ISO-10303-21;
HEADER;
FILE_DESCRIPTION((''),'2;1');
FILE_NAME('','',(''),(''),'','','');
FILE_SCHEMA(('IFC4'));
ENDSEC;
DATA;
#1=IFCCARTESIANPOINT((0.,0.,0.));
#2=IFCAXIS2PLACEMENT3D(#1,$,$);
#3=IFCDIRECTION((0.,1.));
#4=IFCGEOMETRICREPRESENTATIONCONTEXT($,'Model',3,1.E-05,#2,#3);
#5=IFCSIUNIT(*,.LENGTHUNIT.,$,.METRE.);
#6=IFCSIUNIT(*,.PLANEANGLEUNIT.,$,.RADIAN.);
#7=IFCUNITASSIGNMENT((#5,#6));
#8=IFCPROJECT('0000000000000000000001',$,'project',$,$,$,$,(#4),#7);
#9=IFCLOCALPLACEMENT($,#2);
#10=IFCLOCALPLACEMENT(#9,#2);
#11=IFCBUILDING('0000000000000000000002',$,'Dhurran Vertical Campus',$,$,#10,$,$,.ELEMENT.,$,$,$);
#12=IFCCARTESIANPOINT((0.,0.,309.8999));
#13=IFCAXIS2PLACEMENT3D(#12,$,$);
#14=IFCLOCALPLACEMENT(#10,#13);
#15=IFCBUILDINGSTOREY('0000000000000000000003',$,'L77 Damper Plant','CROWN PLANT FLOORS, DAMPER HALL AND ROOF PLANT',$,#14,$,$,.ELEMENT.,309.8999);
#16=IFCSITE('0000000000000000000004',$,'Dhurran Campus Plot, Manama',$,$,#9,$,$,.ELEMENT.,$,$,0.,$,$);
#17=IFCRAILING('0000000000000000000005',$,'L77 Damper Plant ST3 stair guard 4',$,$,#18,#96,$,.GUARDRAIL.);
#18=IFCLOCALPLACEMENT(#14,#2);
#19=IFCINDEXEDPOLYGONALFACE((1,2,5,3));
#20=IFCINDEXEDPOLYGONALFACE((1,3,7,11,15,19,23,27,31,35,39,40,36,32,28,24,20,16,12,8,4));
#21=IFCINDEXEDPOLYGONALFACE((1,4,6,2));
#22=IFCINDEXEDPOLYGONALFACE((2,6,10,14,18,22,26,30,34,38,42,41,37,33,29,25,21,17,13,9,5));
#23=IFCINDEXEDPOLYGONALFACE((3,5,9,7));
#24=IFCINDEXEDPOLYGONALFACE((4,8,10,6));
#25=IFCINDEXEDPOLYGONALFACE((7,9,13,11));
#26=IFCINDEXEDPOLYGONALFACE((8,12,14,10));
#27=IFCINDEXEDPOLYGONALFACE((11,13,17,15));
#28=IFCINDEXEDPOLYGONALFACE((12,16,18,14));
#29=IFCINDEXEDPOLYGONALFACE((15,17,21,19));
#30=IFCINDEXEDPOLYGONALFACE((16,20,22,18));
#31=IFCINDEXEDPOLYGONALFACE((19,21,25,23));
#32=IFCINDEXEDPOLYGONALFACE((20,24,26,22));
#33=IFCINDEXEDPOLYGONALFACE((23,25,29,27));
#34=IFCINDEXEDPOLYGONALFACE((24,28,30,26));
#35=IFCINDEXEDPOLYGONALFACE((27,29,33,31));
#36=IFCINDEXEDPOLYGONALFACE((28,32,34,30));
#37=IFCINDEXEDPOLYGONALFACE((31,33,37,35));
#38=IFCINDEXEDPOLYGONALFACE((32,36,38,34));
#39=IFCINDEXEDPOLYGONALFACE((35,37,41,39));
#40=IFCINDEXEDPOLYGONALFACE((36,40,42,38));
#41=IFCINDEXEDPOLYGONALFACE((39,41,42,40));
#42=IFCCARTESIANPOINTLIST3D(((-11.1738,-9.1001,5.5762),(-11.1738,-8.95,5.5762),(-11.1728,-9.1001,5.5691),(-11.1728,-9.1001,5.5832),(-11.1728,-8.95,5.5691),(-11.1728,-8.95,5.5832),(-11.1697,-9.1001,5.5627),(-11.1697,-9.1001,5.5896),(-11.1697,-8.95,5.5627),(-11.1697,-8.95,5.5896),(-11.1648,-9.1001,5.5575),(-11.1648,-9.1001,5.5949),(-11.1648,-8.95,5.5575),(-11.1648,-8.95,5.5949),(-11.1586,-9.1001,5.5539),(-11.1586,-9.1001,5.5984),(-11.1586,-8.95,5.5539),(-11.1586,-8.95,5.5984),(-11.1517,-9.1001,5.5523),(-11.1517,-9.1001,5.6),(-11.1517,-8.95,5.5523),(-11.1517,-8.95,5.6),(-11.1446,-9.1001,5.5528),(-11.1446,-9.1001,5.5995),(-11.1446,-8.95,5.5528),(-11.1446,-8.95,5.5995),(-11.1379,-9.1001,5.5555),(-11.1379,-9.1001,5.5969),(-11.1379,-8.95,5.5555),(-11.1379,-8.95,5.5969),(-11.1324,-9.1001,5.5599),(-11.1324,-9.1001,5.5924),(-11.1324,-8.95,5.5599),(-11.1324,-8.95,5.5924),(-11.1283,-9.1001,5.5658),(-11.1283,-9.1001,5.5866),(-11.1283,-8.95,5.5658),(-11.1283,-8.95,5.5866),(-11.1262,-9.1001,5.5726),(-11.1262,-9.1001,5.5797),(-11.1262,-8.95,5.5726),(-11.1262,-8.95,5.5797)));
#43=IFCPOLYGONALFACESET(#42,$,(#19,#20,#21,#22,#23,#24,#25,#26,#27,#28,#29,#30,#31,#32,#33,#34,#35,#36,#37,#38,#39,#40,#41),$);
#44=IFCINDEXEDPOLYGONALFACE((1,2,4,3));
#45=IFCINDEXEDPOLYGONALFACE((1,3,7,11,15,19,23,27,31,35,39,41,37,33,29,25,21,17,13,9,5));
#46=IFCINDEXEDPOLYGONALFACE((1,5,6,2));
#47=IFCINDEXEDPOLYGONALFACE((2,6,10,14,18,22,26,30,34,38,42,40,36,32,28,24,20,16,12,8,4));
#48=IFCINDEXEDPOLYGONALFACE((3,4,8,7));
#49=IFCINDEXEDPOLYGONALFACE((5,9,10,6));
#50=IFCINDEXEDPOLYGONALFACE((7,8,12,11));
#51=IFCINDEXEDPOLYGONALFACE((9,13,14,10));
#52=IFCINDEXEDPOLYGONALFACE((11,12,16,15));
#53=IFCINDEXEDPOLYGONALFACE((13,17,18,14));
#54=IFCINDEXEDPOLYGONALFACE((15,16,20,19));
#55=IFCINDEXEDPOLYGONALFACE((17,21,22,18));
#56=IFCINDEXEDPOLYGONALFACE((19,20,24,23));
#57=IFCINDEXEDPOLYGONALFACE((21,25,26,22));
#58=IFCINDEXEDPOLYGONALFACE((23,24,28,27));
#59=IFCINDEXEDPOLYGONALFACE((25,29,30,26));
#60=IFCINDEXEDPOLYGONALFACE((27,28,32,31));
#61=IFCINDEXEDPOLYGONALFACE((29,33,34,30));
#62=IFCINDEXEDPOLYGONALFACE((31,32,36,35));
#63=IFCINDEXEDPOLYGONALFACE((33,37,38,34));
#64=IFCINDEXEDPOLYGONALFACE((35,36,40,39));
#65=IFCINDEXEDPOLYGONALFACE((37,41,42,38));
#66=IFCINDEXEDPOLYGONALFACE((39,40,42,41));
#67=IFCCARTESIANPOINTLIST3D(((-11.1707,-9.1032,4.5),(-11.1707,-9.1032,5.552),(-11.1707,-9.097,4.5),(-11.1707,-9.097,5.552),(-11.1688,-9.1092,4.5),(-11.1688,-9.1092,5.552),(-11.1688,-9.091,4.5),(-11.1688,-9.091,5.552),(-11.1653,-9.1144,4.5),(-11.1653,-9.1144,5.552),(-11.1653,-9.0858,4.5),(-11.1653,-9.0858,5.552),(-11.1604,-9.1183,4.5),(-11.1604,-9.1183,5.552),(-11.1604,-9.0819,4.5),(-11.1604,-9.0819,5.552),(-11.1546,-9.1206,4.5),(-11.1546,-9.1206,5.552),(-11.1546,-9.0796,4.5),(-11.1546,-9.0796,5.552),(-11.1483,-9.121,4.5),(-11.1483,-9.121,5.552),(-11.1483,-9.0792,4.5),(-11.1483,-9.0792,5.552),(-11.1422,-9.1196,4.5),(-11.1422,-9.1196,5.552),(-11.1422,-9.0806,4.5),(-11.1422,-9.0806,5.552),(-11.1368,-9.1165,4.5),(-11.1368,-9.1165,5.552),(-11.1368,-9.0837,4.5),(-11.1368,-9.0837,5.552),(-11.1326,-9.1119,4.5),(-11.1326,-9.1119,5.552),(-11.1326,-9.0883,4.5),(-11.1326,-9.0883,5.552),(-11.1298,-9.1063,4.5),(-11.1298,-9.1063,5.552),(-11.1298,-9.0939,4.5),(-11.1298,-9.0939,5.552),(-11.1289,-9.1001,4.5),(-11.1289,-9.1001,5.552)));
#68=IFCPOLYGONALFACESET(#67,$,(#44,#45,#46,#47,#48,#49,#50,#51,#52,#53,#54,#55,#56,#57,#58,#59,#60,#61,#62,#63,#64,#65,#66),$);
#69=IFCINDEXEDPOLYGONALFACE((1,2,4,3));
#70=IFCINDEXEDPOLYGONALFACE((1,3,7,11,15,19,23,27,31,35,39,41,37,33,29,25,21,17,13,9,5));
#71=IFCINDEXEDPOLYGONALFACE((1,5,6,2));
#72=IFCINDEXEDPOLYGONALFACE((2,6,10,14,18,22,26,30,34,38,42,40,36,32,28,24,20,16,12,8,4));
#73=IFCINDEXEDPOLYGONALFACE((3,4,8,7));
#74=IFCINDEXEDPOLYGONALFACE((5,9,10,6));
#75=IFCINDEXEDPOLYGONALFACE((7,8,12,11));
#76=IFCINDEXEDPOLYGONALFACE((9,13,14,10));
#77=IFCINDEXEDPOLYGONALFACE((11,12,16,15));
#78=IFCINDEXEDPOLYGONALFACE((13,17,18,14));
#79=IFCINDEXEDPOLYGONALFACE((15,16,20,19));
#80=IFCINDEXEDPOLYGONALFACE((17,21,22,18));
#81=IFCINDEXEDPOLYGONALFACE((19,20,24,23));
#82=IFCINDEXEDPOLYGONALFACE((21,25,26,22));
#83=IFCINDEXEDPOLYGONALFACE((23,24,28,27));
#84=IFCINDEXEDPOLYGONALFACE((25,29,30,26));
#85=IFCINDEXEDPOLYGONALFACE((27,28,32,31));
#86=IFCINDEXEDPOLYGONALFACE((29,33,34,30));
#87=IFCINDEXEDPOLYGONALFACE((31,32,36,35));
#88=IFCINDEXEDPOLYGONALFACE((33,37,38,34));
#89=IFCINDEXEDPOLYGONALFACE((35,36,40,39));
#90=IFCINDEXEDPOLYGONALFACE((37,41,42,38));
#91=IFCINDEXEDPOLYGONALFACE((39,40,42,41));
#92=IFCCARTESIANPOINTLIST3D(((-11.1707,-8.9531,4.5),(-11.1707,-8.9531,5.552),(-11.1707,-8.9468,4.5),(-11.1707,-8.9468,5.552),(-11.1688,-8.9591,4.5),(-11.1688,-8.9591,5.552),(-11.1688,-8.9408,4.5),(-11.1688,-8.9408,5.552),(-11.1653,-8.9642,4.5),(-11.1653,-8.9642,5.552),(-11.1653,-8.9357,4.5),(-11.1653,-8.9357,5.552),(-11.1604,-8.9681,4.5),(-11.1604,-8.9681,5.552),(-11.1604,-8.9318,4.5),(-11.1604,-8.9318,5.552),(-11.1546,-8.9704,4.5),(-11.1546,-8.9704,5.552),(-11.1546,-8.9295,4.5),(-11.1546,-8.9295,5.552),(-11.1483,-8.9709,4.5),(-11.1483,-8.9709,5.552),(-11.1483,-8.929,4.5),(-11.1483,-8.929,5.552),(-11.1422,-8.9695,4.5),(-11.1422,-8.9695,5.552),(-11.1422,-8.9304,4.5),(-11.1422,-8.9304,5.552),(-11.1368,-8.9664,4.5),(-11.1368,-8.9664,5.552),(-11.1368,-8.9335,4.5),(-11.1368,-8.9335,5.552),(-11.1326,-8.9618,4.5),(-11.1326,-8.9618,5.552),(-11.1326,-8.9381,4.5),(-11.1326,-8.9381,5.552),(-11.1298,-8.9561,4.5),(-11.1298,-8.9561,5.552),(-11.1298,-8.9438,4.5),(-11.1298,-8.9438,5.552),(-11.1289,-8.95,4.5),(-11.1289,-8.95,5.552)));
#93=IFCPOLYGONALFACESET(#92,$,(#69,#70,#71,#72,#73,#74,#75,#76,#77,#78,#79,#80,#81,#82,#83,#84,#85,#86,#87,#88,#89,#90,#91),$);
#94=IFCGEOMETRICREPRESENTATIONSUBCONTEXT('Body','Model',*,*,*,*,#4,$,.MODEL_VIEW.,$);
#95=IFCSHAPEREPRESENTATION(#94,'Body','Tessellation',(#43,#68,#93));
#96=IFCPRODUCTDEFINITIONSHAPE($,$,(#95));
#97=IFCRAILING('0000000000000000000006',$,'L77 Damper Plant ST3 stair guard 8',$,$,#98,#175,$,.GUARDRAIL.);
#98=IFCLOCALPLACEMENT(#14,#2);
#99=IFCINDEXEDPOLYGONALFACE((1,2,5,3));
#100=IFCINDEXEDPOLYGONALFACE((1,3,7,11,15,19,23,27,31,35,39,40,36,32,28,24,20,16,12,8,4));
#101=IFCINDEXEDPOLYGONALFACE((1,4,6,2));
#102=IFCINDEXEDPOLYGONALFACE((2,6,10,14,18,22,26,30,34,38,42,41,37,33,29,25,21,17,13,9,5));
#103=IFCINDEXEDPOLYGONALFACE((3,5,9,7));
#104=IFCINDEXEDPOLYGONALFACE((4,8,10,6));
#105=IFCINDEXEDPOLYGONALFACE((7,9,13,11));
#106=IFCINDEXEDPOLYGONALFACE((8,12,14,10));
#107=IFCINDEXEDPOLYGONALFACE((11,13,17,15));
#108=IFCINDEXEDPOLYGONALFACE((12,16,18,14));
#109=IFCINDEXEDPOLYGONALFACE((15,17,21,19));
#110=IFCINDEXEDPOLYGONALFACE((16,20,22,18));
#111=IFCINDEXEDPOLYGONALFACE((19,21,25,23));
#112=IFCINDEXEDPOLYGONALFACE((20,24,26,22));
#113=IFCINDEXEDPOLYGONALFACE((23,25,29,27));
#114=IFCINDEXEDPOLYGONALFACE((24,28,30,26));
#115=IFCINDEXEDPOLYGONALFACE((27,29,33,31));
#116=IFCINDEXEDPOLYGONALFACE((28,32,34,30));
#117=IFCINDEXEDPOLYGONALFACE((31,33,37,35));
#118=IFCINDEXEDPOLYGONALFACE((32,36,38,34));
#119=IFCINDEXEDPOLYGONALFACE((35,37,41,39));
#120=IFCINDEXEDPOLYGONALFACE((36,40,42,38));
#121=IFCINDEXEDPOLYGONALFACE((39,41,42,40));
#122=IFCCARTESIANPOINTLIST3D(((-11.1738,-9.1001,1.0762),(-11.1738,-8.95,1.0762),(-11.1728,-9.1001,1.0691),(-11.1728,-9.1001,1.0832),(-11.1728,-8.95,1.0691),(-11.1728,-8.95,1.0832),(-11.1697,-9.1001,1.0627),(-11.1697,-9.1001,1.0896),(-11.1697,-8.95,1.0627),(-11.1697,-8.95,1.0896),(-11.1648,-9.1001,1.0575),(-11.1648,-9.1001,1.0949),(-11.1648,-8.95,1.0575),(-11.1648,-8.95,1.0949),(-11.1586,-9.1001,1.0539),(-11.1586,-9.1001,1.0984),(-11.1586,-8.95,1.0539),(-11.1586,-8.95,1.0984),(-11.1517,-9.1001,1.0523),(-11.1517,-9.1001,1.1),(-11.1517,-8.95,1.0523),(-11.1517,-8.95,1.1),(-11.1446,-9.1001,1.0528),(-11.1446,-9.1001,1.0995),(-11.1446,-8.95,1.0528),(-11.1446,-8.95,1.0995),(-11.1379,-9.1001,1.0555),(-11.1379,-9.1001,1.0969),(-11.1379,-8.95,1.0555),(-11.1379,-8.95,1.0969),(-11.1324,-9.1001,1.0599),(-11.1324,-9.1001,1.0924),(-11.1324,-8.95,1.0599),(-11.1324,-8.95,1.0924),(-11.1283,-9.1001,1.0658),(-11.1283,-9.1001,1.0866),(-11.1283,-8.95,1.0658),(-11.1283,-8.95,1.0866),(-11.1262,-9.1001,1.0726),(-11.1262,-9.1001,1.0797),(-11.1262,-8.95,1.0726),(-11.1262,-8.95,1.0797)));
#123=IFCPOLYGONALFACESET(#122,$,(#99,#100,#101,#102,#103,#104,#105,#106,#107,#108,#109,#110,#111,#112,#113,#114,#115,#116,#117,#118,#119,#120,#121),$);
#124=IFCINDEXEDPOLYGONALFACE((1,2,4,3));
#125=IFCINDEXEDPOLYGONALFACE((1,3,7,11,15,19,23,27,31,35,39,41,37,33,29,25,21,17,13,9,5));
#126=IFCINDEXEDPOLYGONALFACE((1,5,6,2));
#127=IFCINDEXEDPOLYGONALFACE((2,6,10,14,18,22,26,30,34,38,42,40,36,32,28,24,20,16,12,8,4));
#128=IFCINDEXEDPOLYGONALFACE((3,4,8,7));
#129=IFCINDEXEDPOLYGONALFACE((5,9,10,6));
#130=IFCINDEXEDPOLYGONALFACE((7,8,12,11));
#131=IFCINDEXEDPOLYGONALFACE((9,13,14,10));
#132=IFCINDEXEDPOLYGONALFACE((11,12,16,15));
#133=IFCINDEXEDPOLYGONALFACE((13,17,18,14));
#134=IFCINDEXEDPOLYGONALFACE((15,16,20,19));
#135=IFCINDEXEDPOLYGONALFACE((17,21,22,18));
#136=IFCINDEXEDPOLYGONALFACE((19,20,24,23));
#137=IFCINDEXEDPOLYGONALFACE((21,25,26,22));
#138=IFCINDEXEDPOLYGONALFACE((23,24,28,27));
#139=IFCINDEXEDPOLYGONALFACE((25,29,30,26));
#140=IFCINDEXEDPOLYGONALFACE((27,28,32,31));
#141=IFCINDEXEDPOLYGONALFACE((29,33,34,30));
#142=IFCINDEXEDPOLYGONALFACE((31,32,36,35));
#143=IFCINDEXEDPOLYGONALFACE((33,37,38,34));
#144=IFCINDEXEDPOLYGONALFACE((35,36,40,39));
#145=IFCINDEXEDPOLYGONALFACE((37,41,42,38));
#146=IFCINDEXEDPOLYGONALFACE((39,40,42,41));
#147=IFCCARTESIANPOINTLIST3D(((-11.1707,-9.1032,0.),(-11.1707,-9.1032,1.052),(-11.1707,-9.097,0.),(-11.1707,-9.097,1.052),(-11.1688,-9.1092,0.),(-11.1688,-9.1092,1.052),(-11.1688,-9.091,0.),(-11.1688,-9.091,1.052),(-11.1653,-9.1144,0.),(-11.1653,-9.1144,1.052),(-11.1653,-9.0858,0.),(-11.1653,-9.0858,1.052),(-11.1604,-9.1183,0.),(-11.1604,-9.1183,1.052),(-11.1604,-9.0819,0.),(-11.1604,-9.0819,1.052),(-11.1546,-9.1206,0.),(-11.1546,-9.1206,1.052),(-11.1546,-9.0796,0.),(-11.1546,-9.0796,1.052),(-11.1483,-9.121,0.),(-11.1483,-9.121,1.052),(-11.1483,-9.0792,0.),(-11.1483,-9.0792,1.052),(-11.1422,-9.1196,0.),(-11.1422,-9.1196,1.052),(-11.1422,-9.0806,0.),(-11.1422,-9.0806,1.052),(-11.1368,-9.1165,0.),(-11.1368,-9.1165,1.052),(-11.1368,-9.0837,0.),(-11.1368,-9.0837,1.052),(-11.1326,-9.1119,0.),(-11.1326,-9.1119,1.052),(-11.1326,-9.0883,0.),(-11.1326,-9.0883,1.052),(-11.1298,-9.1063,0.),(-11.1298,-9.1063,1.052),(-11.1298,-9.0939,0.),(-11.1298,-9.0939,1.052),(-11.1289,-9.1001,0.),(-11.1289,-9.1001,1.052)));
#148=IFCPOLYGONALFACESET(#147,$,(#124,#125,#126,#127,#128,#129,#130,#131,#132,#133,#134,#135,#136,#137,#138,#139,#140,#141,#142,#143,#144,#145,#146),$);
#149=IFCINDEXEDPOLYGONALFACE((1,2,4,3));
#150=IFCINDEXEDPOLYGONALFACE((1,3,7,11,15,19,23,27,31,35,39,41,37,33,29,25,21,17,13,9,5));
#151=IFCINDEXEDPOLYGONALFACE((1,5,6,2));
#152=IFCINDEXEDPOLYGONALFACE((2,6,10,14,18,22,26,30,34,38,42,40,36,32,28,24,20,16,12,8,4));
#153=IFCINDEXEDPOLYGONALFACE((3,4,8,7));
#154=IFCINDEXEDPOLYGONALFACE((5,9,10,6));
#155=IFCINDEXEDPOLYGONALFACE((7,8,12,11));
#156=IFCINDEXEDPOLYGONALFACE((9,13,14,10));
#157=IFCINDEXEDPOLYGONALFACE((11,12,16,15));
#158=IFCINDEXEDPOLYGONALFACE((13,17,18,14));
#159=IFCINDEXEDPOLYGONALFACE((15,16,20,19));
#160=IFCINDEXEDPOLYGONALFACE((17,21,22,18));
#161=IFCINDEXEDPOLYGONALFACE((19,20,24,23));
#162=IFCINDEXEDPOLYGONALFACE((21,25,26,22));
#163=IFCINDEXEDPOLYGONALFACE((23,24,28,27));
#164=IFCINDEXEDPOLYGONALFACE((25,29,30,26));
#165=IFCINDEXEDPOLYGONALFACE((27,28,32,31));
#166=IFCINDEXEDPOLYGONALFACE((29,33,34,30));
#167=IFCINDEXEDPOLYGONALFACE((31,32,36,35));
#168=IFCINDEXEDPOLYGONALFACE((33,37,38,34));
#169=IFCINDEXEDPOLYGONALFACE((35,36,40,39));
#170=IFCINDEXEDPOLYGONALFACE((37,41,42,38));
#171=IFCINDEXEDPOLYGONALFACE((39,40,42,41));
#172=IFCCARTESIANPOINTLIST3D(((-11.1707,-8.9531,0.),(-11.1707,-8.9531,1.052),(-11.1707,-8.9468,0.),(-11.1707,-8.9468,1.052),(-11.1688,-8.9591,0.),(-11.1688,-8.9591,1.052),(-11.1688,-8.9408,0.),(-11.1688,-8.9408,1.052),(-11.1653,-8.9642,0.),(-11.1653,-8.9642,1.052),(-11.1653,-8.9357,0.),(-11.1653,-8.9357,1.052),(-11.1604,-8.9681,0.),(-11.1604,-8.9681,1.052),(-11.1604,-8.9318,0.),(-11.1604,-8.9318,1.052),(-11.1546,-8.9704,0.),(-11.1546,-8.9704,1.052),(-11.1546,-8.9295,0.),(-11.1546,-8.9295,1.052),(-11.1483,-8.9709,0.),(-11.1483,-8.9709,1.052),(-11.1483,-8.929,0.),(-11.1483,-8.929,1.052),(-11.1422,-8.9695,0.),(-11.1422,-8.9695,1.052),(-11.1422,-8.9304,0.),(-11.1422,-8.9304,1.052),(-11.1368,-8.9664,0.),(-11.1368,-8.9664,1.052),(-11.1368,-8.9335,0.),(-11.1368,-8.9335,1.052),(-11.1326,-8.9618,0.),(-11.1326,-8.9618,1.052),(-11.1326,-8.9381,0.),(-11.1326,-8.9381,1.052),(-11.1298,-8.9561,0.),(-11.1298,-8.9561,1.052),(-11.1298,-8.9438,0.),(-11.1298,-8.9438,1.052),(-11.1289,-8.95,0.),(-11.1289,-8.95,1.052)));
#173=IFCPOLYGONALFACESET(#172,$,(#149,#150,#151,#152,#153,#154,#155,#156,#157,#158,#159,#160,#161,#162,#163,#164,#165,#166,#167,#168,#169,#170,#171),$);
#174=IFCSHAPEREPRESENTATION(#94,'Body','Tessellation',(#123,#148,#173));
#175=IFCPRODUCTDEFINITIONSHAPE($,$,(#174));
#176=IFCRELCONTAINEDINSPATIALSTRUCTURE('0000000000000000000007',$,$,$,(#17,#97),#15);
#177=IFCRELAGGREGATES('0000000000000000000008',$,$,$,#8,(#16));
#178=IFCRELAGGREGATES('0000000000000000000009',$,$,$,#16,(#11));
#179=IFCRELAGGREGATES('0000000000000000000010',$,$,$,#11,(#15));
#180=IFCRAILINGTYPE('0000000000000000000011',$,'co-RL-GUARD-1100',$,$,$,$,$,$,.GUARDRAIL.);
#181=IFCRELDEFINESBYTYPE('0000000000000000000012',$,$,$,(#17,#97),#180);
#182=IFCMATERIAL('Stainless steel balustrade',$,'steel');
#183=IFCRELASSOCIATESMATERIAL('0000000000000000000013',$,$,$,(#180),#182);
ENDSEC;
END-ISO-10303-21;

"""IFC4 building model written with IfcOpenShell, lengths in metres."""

from ifc_helpers import new_model, si_unit, direction, frame, origin, origin_2d, place, context, subcontext, project, spatial, circle, extrude, material, type_object, element, save


model = new_model("IFC4")

# Units and contexts
model_context = context("Model", 3, precision=1e-05, world=origin(), true_north=direction((0.0, 1.0)))
body_context = subcontext(model_context, "Body", "Model", "MODEL_VIEW")
ifc_project = project(units=[si_unit("LENGTHUNIT", "METRE"), si_unit("PLANEANGLEUNIT", "RADIAN")], contexts=[model_context])

# Site, building, storey
site_placement = place(None, origin())
site = spatial("IfcSite", under=ifc_project, at=site_placement, Name="Dhurran Campus Plot, Manama", CompositionType="ELEMENT", RefElevation=0.0)
building_placement = place(site_placement, origin())
building = spatial("IfcBuilding", under=site, at=building_placement, Name="Dhurran Vertical Campus", CompositionType="ELEMENT")
storey_placement = place(building_placement, frame((0.0, 0.0, 309.8999)))
storey = spatial("IfcBuildingStorey", under=building, at=storey_placement, Name="L77 Damper Plant", Description="CROWN PLANT FLOORS, DAMPER HALL AND ROOF PLANT", CompositionType="ELEMENT", Elevation=309.8999)

# Railings
ifc_material_1 = material(Name="Stainless steel balustrade", Category="steel")
railing_type = type_object("IfcRailingType", Name="co-RL-GUARD-1100", PredefinedType="GUARDRAIL", material=ifc_material_1)
for number, where, name in (
    (1, (-11.1499, -9.1001, 4.5), "L77 Damper Plant ST3 stair guard 4"),
    (2, (-11.1499, -9.1001, 0.0), "L77 Damper Plant ST3 stair guard 8"),
):
    element("IfcRailing", number, at=place(storey_placement, frame(where)), inside=storey, type_object=railing_type, Name=name, PredefinedType="GUARDRAIL", context=body_context, shape_type="SweptSolid", body=[
        extrude(circle(Radius=0.0239, at=origin_2d()), frame((0.0, 0.0, 1.0762), z_axis=(0.0, 1.0, 0.0), x_axis=(-1.0, 0.0, 0.0)), (0.0, 0.0, 1.0), 0.1501),
        extrude(circle(Radius=0.021, at=origin_2d()), origin(), (0.0, 0.0, 1.0), 1.052),
        extrude(circle(Radius=0.021, at=origin_2d()), frame((0.0, 0.1501, 0.0)), (0.0, 0.0, 1.0), 1.052),
    ])

save(model, "model.ifc")
